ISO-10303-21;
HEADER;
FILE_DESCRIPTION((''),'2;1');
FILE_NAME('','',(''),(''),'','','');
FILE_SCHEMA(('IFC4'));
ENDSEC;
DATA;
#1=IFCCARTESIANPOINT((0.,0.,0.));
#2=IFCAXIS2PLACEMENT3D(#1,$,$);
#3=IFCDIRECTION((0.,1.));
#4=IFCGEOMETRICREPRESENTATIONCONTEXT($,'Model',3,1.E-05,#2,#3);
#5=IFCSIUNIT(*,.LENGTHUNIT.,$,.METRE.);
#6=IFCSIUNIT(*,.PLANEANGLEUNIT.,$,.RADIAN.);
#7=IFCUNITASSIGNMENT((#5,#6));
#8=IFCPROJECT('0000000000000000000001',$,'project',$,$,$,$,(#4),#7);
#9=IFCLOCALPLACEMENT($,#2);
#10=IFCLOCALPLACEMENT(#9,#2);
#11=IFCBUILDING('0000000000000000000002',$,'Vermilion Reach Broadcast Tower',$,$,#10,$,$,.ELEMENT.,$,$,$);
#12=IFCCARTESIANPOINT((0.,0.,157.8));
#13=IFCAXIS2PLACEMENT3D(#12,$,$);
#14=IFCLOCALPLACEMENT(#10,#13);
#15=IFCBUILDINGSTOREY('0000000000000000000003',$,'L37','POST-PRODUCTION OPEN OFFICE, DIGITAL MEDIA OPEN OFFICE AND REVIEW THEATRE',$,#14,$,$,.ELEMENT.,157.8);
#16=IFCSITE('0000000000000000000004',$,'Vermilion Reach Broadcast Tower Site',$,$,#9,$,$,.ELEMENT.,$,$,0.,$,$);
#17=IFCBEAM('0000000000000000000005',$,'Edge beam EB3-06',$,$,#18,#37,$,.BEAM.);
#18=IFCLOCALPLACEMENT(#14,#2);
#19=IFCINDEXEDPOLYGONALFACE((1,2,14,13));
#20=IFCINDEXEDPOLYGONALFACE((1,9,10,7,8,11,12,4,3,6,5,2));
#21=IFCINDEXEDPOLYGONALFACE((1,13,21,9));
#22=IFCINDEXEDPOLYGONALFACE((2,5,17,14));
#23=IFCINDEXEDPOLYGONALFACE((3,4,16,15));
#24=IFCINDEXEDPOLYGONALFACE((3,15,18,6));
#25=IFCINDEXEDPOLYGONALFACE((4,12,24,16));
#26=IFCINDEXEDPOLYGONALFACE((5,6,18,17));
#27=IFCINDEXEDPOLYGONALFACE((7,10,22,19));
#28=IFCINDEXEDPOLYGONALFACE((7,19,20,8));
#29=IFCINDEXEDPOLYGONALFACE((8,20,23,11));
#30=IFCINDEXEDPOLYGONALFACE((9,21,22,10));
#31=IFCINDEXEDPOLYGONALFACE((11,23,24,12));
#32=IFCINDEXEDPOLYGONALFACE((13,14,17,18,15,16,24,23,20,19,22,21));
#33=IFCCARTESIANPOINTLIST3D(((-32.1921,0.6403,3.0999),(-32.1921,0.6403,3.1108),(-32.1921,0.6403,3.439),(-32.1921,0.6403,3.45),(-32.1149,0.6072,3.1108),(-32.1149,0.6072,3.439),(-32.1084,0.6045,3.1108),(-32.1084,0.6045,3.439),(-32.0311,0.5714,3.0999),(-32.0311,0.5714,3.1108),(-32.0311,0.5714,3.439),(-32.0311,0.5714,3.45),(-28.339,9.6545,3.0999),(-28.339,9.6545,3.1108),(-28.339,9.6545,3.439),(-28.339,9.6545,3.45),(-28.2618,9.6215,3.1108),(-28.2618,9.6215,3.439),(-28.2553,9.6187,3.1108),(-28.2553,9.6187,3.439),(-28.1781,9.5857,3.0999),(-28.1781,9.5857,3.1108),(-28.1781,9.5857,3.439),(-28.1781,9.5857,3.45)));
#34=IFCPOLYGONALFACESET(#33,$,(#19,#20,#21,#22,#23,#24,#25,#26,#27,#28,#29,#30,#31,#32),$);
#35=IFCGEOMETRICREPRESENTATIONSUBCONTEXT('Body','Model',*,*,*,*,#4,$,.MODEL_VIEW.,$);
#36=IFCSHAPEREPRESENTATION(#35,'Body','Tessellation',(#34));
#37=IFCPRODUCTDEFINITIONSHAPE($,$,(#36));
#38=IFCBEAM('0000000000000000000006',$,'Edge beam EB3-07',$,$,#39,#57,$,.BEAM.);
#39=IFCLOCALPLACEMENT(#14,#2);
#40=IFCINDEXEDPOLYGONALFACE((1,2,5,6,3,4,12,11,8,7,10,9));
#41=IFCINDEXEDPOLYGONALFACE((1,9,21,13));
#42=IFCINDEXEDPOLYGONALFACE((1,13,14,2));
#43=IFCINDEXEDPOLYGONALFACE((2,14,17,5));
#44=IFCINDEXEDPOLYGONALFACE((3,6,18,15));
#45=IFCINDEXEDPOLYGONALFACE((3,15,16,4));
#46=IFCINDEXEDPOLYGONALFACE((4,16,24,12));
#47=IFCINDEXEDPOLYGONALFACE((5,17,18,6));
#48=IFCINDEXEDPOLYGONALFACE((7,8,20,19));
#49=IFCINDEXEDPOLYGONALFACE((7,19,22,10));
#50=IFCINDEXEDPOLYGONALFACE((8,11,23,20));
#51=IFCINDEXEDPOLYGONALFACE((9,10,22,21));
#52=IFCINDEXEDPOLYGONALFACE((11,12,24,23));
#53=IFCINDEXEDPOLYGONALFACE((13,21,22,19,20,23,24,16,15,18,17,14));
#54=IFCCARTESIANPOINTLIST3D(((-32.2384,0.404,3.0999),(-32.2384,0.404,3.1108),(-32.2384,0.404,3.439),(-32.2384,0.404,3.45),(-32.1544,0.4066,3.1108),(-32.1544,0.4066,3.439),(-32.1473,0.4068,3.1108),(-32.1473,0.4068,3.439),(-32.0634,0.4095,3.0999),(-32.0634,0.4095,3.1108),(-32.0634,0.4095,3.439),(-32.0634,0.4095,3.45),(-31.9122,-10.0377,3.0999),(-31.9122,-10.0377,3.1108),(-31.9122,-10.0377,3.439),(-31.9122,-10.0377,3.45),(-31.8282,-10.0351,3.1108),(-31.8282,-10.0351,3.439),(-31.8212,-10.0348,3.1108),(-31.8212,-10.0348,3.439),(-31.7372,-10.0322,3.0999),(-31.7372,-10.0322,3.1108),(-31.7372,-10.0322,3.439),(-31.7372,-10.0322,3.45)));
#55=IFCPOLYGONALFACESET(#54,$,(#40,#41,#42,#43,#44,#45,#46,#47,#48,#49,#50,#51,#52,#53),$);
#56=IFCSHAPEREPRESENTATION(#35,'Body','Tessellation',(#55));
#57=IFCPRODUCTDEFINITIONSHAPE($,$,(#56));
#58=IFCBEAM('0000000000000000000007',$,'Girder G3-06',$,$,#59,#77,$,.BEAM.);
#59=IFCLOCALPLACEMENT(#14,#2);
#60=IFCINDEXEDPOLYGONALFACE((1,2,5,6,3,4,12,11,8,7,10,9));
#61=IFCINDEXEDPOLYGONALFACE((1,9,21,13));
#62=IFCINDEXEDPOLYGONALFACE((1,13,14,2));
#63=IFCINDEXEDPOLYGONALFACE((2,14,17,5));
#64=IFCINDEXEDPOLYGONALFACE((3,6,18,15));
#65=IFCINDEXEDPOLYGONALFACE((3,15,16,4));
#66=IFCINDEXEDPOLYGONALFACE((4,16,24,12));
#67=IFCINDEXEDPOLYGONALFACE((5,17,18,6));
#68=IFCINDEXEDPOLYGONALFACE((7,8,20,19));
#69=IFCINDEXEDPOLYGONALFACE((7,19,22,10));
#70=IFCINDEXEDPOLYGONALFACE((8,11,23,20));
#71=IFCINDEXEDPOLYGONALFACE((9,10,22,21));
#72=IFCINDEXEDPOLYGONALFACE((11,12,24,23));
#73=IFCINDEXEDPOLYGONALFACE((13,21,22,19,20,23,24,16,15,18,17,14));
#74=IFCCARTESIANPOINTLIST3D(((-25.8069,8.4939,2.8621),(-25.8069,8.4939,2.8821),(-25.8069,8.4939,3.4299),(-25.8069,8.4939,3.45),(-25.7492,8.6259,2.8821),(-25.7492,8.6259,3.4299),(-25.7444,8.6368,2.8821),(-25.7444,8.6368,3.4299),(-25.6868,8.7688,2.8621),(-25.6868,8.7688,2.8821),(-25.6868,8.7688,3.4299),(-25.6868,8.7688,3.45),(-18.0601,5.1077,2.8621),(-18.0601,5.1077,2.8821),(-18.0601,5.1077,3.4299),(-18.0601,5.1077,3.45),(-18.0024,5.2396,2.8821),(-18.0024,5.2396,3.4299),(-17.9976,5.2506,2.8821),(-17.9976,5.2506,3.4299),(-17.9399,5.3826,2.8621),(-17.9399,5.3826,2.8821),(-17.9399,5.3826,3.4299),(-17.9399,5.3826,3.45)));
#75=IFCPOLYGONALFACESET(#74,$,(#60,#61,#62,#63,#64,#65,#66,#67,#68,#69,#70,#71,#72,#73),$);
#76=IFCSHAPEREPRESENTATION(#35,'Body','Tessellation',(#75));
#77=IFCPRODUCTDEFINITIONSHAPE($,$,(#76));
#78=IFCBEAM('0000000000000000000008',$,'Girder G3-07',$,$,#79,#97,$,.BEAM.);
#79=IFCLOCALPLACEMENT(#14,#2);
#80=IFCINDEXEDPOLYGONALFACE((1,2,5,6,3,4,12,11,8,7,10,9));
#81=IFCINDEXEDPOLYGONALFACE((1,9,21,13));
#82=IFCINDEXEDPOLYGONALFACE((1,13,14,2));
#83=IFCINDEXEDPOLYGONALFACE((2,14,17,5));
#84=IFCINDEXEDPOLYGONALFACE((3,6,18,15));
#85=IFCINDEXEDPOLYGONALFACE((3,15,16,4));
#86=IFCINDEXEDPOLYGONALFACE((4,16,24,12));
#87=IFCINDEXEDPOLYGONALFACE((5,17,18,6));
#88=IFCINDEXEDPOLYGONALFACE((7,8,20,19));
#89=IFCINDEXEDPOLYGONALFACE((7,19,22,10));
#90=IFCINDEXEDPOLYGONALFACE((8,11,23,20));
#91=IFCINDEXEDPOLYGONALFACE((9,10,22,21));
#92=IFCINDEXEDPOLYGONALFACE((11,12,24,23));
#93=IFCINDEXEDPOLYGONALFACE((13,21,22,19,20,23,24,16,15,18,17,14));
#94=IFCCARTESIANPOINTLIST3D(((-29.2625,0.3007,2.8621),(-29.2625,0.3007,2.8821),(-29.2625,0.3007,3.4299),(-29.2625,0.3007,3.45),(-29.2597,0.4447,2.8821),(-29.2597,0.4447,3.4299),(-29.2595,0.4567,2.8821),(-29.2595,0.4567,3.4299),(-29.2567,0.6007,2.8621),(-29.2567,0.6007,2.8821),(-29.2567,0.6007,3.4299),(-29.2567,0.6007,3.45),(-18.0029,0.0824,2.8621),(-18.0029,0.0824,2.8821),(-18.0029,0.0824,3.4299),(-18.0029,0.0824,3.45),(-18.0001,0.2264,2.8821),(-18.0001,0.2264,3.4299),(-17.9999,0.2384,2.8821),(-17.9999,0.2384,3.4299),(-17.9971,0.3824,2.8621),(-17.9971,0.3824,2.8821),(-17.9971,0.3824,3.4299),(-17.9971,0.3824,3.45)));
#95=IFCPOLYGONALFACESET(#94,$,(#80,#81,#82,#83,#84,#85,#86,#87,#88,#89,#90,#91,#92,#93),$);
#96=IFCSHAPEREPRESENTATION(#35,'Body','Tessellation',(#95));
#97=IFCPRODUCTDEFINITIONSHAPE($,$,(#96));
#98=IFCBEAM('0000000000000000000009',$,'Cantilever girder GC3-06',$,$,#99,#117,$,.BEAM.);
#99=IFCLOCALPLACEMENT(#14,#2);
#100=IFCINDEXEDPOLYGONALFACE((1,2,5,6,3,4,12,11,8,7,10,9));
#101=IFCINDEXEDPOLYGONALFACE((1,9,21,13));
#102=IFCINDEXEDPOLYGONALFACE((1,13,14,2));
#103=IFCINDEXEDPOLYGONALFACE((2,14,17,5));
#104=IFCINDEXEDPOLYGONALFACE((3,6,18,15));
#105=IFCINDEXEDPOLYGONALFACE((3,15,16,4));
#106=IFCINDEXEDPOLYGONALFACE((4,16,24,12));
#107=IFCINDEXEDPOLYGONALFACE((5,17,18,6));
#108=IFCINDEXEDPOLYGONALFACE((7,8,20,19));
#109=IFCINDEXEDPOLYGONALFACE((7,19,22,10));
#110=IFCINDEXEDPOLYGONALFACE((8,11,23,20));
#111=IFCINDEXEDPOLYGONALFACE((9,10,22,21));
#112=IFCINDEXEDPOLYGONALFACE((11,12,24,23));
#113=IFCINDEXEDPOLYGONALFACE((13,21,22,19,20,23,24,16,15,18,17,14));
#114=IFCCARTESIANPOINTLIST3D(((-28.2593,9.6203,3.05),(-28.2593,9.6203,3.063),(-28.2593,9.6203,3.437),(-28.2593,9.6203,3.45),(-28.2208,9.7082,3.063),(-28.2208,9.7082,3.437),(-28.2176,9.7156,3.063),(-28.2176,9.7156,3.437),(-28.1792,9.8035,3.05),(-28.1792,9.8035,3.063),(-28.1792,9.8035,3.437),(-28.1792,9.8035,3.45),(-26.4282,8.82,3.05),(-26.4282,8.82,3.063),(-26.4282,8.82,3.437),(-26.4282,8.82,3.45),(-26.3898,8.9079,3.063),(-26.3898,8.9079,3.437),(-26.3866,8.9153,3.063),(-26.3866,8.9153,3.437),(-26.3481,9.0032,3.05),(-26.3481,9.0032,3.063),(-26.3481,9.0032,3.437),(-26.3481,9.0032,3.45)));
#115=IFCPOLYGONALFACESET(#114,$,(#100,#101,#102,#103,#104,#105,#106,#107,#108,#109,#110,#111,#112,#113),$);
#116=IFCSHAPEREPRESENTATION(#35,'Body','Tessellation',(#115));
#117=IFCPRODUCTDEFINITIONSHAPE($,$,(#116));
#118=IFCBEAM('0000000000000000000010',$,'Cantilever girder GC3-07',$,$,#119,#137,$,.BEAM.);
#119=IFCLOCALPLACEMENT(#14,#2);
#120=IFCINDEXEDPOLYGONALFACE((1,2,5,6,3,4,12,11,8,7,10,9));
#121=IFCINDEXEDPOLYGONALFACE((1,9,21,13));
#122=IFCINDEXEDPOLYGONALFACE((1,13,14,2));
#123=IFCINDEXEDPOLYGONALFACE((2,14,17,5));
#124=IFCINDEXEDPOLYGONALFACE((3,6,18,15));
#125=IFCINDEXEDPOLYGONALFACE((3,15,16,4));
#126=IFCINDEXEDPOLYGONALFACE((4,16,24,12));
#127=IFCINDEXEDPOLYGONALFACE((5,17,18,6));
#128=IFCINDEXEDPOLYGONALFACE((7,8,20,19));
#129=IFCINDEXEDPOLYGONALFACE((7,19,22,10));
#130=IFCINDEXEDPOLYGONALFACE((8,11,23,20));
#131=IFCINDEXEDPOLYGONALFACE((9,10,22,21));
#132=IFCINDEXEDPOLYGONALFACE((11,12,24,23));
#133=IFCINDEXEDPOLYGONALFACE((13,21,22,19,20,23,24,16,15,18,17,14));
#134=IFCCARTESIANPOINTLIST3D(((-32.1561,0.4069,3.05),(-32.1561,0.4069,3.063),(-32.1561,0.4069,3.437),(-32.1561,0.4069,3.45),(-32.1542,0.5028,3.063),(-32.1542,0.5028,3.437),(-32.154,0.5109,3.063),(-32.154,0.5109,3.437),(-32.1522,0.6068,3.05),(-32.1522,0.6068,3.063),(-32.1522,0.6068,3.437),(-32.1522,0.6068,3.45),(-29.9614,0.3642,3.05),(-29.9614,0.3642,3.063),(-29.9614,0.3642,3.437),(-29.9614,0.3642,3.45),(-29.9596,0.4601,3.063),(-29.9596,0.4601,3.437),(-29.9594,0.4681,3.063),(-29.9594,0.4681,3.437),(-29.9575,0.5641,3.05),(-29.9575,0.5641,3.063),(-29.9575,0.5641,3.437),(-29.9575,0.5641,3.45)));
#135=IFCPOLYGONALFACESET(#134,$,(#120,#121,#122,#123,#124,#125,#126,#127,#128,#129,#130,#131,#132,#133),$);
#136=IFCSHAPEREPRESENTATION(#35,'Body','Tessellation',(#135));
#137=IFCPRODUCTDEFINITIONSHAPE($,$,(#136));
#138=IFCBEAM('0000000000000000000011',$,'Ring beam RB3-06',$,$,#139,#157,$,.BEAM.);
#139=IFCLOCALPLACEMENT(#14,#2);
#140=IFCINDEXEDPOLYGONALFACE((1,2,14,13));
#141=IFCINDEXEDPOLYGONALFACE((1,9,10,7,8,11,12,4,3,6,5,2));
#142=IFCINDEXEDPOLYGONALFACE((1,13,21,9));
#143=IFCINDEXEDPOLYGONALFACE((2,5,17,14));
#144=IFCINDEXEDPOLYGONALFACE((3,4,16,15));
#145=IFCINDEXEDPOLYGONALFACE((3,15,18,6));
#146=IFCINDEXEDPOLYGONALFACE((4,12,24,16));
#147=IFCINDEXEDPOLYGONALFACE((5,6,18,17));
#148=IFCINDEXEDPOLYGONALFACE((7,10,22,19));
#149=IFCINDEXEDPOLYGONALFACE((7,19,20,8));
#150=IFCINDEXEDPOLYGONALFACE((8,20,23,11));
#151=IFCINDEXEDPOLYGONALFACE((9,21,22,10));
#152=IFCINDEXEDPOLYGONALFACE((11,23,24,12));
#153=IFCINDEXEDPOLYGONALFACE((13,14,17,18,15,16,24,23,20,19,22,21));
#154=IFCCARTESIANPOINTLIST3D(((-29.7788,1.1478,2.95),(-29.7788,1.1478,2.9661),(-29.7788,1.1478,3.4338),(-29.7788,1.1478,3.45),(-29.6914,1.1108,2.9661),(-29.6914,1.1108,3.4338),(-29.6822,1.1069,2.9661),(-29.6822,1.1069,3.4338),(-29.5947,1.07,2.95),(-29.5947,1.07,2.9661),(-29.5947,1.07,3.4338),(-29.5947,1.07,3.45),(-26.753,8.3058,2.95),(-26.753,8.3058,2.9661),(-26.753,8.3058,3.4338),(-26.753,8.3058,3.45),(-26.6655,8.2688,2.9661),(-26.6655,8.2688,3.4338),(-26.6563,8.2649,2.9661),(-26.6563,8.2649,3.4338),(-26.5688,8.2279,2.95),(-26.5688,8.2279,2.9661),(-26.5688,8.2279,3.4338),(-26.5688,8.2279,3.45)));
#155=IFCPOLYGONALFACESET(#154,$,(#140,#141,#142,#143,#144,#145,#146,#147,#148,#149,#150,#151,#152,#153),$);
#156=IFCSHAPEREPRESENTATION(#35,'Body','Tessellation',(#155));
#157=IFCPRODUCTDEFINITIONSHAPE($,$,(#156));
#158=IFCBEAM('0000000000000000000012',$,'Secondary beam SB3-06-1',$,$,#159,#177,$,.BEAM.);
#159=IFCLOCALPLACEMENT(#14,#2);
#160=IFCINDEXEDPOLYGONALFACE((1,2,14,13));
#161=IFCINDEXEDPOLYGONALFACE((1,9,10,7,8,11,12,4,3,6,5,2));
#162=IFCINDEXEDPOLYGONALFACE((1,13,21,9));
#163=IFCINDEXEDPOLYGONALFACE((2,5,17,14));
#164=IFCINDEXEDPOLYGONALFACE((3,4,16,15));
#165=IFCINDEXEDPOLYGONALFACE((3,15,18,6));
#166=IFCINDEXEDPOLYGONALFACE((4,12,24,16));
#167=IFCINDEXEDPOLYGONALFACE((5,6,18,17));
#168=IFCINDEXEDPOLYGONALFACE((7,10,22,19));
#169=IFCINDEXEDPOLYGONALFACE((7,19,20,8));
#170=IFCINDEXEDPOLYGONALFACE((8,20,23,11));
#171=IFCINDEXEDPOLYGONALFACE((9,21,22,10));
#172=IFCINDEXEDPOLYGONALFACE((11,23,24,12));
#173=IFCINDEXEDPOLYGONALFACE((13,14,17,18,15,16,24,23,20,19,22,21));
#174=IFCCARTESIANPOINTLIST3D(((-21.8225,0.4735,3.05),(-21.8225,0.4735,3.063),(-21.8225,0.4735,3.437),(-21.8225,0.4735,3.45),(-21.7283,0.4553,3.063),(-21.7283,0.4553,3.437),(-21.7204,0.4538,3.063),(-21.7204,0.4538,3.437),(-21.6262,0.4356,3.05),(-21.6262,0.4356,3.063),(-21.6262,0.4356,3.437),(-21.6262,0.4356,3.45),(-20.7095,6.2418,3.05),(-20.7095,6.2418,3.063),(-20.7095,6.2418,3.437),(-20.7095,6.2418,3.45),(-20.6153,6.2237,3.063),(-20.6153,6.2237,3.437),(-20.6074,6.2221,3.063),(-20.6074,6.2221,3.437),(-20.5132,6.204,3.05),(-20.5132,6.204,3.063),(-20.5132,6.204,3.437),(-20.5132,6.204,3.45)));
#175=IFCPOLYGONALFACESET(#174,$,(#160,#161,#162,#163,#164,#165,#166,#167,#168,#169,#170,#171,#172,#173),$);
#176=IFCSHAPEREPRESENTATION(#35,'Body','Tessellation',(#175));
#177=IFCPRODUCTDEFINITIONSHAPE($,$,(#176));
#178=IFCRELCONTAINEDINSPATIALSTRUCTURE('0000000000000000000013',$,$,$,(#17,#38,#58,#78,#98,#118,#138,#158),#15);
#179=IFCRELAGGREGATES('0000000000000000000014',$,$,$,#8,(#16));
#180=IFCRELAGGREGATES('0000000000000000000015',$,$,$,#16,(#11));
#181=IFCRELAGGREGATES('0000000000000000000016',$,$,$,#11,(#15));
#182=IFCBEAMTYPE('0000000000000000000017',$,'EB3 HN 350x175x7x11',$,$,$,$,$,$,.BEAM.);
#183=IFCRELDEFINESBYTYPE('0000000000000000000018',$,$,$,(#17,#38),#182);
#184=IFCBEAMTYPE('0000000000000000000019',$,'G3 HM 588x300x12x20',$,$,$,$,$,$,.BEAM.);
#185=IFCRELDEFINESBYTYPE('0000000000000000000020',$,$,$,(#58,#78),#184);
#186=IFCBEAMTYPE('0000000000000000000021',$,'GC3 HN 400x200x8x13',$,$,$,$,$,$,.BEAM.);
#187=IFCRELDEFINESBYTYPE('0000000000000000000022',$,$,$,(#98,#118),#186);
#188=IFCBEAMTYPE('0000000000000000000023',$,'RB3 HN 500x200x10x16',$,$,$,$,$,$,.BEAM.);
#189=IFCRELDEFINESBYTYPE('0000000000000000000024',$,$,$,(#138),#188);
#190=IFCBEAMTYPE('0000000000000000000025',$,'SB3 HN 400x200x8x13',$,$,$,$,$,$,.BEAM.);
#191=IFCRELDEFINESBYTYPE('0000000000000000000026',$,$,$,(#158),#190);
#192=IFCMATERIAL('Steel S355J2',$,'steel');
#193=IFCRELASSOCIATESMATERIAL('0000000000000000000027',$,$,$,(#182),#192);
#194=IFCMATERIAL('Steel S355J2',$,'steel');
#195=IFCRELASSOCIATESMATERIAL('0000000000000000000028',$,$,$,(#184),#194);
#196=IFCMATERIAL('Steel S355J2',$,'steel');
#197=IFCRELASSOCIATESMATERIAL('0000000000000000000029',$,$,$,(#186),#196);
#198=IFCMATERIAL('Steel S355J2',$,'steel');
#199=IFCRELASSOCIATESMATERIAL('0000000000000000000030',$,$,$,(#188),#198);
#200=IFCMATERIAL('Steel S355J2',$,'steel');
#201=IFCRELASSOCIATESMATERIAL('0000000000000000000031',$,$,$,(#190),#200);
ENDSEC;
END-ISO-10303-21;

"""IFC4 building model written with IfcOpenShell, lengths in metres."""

from ifc_helpers import new_model, si_unit, direction, frame, origin, origin_2d, place, context, subcontext, project, spatial, i_section, extrude, material, material_profile, profile_set, type_object, element, save


model = new_model("IFC4")

# Units and contexts
model_context = context("Model", 3, precision=1e-05, world=origin(), true_north=direction((0.0, 1.0)))
body_context = subcontext(model_context, "Body", "Model", "MODEL_VIEW")
ifc_project = project(units=[si_unit("LENGTHUNIT", "METRE"), si_unit("PLANEANGLEUNIT", "RADIAN")], contexts=[model_context])

# Site, building, storey
site_placement = place(None, origin())
site = spatial("IfcSite", under=ifc_project, at=site_placement, Name="Vermilion Reach Broadcast Tower Site", CompositionType="ELEMENT", RefElevation=0.0)
building_placement = place(site_placement, origin())
building = spatial("IfcBuilding", under=site, at=building_placement, Name="Vermilion Reach Broadcast Tower", CompositionType="ELEMENT")
storey_placement = place(building_placement, frame((0.0, 0.0, 157.8)))
storey = spatial("IfcBuildingStorey", under=building, at=storey_placement, Name="L37", Description="POST-PRODUCTION OPEN OFFICE, DIGITAL MEDIA OPEN OFFICE AND REVIEW THEATRE", CompositionType="ELEMENT", Elevation=157.8)

# Beams
ifc_material_1 = material(Name="Steel S355J2", Category="steel")
ifc_material_profile_1 = material_profile(ifc_material_1, i_section(OverallWidth=0.175, OverallDepth=0.3501, WebThickness=0.0071, FlangeThickness=0.011, at=origin_2d()), Name="S355J2 HN 350x175x7x11")
ifc_profile_set_1 = profile_set([ifc_material_profile_1], Name="Steel S355J2")
beam_type_1 = type_object("IfcBeamType", Name="EB3 HN 350x175x7x11", PredefinedType="BEAM", material=ifc_profile_set_1)
beam_1_placement = place(storey_placement, frame((-28.2585, 9.6201, 3.2749), z_axis=(-0.393041, -0.919521, 0.0), x_axis=(0.919521, -0.393041, 0.0)))
element("IfcBeam", 1, at=beam_1_placement, inside=storey, type_object=beam_type_1, Name="Edge beam EB3-06", PredefinedType="BEAM", context=body_context, shape_type="SweptSolid", body=[
    extrude(i_section(OverallWidth=0.175, OverallDepth=0.3501, WebThickness=0.0071, FlangeThickness=0.011, at=origin_2d()), origin(), (0.0, 0.0, 1.0), 9.8032),
])
beam_2_placement = place(storey_placement, frame((-32.1509, 0.4067, 3.2749), z_axis=(0.031222, -0.999512, 0.0), x_axis=(0.999512, 0.031222, 0.0)))
element("IfcBeam", 2, at=beam_2_placement, inside=storey, type_object=beam_type_1, Name="Edge beam EB3-07", PredefinedType="BEAM", context=body_context, shape_type="SweptSolid", body=[
    extrude(i_section(OverallWidth=0.175, OverallDepth=0.3501, WebThickness=0.0071, FlangeThickness=0.011, at=origin_2d()), origin(), (0.0, 0.0, 1.0), 10.4468),
])
ifc_material_2 = material(Name="Steel S355J2", Category="steel")
ifc_material_profile_2 = material_profile(ifc_material_2, i_section(OverallWidth=0.3, OverallDepth=0.5879, WebThickness=0.012, FlangeThickness=0.02, at=origin_2d()), Name="S355J2 HM 588x300x12x20")
ifc_profile_set_2 = profile_set([ifc_material_profile_2], Name="Steel S355J2")
beam_type_2 = type_object("IfcBeamType", Name="G3 HM 588x300x12x20", PredefinedType="BEAM", material=ifc_profile_set_2)
beam_3_placement = place(storey_placement, frame((-18.0, 5.2451, 3.156), z_axis=(-0.916288, 0.40052, 0.0), x_axis=(-0.40052, -0.916288, 0.0)))
element("IfcBeam", 3, at=beam_3_placement, inside=storey, type_object=beam_type_2, Name="Girder G3-06", PredefinedType="BEAM", context=body_context, shape_type="SweptSolid", body=[
    extrude(i_section(OverallWidth=0.3, OverallDepth=0.5879, WebThickness=0.012, FlangeThickness=0.02, at=origin_2d()), origin(), (0.0, 0.0, 1.0), 8.4546),
])
beam_4_placement = place(storey_placement, frame((-18.0, 0.2324, 3.156), z_axis=(-0.999812, 0.019381, 0.0), x_axis=(-0.019381, -0.999812, 0.0)))
element("IfcBeam", 4, at=beam_4_placement, inside=storey, type_object=beam_type_2, Name="Girder G3-07", PredefinedType="BEAM", context=body_context, shape_type="SweptSolid", body=[
    extrude(i_section(OverallWidth=0.3, OverallDepth=0.5879, WebThickness=0.012, FlangeThickness=0.02, at=origin_2d()), origin(), (0.0, 0.0, 1.0), 11.2617),
])
ifc_material_3 = material(Name="Steel S355J2", Category="steel")
ifc_material_profile_3 = material_profile(ifc_material_3, i_section(OverallWidth=0.2, OverallDepth=0.3999, WebThickness=0.0081, FlangeThickness=0.0129, at=origin_2d()), Name="S355J2 HN 400x200x8x13")
ifc_profile_set_3 = profile_set([ifc_material_profile_3], Name="Steel S355J2")
beam_type_3 = type_object("IfcBeamType", Name="GC3 HN 400x200x8x13", PredefinedType="BEAM", material=ifc_profile_set_3)
beam_5_placement = place(storey_placement, frame((-26.3882, 8.9116, 3.25), z_axis=(-0.916303, 0.400486, 0.0), x_axis=(-0.400486, -0.916303, 0.0)))
element("IfcBeam", 5, at=beam_5_placement, inside=storey, type_object=beam_type_3, Name="Cantilever girder GC3-06", PredefinedType="BEAM", context=body_context, shape_type="SweptSolid", body=[
    extrude(i_section(OverallWidth=0.2, OverallDepth=0.3999, WebThickness=0.0081, FlangeThickness=0.0129, at=origin_2d()), origin(), (0.0, 0.0, 1.0), 1.9983),
])
beam_6_placement = place(storey_placement, frame((-29.9595, 0.4641, 3.25), z_axis=(-0.999811, 0.019465, 0.0), x_axis=(-0.019465, -0.999811, 0.0)))
element("IfcBeam", 6, at=beam_6_placement, inside=storey, type_object=beam_type_3, Name="Cantilever girder GC3-07", PredefinedType="BEAM", context=body_context, shape_type="SweptSolid", body=[
    extrude(i_section(OverallWidth=0.2, OverallDepth=0.3999, WebThickness=0.0081, FlangeThickness=0.0129, at=origin_2d()), origin(), (0.0, 0.0, 1.0), 2.1951),
])
ifc_material_4 = material(Name="Steel S355J2", Category="steel")
ifc_material_profile_4 = material_profile(ifc_material_4, i_section(OverallWidth=0.2, OverallDepth=0.5, WebThickness=0.01, FlangeThickness=0.0161, at=origin_2d()), Name="S355J2 HN 500x200x10x16")
ifc_profile_set_4 = profile_set([ifc_material_profile_4], Name="Steel S355J2")
beam_type_4 = type_object("IfcBeamType", Name="RB3 HN 500x200x10x16", PredefinedType="BEAM", material=ifc_profile_set_4)
beam_7_placement = place(storey_placement, frame((-26.6609, 8.2668, 3.2), z_axis=(-0.389368, -0.921082, 0.0), x_axis=(0.921082, -0.389368, 0.0)))
element("IfcBeam", 7, at=beam_7_placement, inside=storey, type_object=beam_type_4, Name="Ring beam RB3-06", PredefinedType="BEAM", context=body_context, shape_type="SweptSolid", body=[
    extrude(i_section(OverallWidth=0.2, OverallDepth=0.5, WebThickness=0.01, FlangeThickness=0.0161, at=origin_2d()), origin(), (0.0, 0.0, 1.0), 7.7712),
])
ifc_material_5 = material(Name="Steel S355J2", Category="steel")
ifc_material_profile_5 = material_profile(ifc_material_5, i_section(OverallWidth=0.2, OverallDepth=0.3999, WebThickness=0.0081, FlangeThickness=0.0129, at=origin_2d()), Name="S355J2 HN 400x200x8x13")
ifc_profile_set_5 = profile_set([ifc_material_profile_5], Name="Steel S355J2")
beam_type_5 = type_object("IfcBeamType", Name="SB3 HN 400x200x8x13", PredefinedType="BEAM", material=ifc_profile_set_5)
beam_8_placement = place(storey_placement, frame((-20.6113, 6.2229, 3.25), z_axis=(-0.189462, -0.981888, 0.0), x_axis=(0.981888, -0.189462, 0.0)))
element("IfcBeam", 8, at=beam_8_placement, inside=storey, type_object=beam_type_5, Name="Secondary beam SB3-06-1", PredefinedType="BEAM", context=body_context, shape_type="SweptSolid", body=[
    extrude(i_section(OverallWidth=0.2, OverallDepth=0.3999, WebThickness=0.0081, FlangeThickness=0.0129, at=origin_2d()), origin(), (0.0, 0.0, 1.0), 5.8748),
])

save(model, "model.ifc")
